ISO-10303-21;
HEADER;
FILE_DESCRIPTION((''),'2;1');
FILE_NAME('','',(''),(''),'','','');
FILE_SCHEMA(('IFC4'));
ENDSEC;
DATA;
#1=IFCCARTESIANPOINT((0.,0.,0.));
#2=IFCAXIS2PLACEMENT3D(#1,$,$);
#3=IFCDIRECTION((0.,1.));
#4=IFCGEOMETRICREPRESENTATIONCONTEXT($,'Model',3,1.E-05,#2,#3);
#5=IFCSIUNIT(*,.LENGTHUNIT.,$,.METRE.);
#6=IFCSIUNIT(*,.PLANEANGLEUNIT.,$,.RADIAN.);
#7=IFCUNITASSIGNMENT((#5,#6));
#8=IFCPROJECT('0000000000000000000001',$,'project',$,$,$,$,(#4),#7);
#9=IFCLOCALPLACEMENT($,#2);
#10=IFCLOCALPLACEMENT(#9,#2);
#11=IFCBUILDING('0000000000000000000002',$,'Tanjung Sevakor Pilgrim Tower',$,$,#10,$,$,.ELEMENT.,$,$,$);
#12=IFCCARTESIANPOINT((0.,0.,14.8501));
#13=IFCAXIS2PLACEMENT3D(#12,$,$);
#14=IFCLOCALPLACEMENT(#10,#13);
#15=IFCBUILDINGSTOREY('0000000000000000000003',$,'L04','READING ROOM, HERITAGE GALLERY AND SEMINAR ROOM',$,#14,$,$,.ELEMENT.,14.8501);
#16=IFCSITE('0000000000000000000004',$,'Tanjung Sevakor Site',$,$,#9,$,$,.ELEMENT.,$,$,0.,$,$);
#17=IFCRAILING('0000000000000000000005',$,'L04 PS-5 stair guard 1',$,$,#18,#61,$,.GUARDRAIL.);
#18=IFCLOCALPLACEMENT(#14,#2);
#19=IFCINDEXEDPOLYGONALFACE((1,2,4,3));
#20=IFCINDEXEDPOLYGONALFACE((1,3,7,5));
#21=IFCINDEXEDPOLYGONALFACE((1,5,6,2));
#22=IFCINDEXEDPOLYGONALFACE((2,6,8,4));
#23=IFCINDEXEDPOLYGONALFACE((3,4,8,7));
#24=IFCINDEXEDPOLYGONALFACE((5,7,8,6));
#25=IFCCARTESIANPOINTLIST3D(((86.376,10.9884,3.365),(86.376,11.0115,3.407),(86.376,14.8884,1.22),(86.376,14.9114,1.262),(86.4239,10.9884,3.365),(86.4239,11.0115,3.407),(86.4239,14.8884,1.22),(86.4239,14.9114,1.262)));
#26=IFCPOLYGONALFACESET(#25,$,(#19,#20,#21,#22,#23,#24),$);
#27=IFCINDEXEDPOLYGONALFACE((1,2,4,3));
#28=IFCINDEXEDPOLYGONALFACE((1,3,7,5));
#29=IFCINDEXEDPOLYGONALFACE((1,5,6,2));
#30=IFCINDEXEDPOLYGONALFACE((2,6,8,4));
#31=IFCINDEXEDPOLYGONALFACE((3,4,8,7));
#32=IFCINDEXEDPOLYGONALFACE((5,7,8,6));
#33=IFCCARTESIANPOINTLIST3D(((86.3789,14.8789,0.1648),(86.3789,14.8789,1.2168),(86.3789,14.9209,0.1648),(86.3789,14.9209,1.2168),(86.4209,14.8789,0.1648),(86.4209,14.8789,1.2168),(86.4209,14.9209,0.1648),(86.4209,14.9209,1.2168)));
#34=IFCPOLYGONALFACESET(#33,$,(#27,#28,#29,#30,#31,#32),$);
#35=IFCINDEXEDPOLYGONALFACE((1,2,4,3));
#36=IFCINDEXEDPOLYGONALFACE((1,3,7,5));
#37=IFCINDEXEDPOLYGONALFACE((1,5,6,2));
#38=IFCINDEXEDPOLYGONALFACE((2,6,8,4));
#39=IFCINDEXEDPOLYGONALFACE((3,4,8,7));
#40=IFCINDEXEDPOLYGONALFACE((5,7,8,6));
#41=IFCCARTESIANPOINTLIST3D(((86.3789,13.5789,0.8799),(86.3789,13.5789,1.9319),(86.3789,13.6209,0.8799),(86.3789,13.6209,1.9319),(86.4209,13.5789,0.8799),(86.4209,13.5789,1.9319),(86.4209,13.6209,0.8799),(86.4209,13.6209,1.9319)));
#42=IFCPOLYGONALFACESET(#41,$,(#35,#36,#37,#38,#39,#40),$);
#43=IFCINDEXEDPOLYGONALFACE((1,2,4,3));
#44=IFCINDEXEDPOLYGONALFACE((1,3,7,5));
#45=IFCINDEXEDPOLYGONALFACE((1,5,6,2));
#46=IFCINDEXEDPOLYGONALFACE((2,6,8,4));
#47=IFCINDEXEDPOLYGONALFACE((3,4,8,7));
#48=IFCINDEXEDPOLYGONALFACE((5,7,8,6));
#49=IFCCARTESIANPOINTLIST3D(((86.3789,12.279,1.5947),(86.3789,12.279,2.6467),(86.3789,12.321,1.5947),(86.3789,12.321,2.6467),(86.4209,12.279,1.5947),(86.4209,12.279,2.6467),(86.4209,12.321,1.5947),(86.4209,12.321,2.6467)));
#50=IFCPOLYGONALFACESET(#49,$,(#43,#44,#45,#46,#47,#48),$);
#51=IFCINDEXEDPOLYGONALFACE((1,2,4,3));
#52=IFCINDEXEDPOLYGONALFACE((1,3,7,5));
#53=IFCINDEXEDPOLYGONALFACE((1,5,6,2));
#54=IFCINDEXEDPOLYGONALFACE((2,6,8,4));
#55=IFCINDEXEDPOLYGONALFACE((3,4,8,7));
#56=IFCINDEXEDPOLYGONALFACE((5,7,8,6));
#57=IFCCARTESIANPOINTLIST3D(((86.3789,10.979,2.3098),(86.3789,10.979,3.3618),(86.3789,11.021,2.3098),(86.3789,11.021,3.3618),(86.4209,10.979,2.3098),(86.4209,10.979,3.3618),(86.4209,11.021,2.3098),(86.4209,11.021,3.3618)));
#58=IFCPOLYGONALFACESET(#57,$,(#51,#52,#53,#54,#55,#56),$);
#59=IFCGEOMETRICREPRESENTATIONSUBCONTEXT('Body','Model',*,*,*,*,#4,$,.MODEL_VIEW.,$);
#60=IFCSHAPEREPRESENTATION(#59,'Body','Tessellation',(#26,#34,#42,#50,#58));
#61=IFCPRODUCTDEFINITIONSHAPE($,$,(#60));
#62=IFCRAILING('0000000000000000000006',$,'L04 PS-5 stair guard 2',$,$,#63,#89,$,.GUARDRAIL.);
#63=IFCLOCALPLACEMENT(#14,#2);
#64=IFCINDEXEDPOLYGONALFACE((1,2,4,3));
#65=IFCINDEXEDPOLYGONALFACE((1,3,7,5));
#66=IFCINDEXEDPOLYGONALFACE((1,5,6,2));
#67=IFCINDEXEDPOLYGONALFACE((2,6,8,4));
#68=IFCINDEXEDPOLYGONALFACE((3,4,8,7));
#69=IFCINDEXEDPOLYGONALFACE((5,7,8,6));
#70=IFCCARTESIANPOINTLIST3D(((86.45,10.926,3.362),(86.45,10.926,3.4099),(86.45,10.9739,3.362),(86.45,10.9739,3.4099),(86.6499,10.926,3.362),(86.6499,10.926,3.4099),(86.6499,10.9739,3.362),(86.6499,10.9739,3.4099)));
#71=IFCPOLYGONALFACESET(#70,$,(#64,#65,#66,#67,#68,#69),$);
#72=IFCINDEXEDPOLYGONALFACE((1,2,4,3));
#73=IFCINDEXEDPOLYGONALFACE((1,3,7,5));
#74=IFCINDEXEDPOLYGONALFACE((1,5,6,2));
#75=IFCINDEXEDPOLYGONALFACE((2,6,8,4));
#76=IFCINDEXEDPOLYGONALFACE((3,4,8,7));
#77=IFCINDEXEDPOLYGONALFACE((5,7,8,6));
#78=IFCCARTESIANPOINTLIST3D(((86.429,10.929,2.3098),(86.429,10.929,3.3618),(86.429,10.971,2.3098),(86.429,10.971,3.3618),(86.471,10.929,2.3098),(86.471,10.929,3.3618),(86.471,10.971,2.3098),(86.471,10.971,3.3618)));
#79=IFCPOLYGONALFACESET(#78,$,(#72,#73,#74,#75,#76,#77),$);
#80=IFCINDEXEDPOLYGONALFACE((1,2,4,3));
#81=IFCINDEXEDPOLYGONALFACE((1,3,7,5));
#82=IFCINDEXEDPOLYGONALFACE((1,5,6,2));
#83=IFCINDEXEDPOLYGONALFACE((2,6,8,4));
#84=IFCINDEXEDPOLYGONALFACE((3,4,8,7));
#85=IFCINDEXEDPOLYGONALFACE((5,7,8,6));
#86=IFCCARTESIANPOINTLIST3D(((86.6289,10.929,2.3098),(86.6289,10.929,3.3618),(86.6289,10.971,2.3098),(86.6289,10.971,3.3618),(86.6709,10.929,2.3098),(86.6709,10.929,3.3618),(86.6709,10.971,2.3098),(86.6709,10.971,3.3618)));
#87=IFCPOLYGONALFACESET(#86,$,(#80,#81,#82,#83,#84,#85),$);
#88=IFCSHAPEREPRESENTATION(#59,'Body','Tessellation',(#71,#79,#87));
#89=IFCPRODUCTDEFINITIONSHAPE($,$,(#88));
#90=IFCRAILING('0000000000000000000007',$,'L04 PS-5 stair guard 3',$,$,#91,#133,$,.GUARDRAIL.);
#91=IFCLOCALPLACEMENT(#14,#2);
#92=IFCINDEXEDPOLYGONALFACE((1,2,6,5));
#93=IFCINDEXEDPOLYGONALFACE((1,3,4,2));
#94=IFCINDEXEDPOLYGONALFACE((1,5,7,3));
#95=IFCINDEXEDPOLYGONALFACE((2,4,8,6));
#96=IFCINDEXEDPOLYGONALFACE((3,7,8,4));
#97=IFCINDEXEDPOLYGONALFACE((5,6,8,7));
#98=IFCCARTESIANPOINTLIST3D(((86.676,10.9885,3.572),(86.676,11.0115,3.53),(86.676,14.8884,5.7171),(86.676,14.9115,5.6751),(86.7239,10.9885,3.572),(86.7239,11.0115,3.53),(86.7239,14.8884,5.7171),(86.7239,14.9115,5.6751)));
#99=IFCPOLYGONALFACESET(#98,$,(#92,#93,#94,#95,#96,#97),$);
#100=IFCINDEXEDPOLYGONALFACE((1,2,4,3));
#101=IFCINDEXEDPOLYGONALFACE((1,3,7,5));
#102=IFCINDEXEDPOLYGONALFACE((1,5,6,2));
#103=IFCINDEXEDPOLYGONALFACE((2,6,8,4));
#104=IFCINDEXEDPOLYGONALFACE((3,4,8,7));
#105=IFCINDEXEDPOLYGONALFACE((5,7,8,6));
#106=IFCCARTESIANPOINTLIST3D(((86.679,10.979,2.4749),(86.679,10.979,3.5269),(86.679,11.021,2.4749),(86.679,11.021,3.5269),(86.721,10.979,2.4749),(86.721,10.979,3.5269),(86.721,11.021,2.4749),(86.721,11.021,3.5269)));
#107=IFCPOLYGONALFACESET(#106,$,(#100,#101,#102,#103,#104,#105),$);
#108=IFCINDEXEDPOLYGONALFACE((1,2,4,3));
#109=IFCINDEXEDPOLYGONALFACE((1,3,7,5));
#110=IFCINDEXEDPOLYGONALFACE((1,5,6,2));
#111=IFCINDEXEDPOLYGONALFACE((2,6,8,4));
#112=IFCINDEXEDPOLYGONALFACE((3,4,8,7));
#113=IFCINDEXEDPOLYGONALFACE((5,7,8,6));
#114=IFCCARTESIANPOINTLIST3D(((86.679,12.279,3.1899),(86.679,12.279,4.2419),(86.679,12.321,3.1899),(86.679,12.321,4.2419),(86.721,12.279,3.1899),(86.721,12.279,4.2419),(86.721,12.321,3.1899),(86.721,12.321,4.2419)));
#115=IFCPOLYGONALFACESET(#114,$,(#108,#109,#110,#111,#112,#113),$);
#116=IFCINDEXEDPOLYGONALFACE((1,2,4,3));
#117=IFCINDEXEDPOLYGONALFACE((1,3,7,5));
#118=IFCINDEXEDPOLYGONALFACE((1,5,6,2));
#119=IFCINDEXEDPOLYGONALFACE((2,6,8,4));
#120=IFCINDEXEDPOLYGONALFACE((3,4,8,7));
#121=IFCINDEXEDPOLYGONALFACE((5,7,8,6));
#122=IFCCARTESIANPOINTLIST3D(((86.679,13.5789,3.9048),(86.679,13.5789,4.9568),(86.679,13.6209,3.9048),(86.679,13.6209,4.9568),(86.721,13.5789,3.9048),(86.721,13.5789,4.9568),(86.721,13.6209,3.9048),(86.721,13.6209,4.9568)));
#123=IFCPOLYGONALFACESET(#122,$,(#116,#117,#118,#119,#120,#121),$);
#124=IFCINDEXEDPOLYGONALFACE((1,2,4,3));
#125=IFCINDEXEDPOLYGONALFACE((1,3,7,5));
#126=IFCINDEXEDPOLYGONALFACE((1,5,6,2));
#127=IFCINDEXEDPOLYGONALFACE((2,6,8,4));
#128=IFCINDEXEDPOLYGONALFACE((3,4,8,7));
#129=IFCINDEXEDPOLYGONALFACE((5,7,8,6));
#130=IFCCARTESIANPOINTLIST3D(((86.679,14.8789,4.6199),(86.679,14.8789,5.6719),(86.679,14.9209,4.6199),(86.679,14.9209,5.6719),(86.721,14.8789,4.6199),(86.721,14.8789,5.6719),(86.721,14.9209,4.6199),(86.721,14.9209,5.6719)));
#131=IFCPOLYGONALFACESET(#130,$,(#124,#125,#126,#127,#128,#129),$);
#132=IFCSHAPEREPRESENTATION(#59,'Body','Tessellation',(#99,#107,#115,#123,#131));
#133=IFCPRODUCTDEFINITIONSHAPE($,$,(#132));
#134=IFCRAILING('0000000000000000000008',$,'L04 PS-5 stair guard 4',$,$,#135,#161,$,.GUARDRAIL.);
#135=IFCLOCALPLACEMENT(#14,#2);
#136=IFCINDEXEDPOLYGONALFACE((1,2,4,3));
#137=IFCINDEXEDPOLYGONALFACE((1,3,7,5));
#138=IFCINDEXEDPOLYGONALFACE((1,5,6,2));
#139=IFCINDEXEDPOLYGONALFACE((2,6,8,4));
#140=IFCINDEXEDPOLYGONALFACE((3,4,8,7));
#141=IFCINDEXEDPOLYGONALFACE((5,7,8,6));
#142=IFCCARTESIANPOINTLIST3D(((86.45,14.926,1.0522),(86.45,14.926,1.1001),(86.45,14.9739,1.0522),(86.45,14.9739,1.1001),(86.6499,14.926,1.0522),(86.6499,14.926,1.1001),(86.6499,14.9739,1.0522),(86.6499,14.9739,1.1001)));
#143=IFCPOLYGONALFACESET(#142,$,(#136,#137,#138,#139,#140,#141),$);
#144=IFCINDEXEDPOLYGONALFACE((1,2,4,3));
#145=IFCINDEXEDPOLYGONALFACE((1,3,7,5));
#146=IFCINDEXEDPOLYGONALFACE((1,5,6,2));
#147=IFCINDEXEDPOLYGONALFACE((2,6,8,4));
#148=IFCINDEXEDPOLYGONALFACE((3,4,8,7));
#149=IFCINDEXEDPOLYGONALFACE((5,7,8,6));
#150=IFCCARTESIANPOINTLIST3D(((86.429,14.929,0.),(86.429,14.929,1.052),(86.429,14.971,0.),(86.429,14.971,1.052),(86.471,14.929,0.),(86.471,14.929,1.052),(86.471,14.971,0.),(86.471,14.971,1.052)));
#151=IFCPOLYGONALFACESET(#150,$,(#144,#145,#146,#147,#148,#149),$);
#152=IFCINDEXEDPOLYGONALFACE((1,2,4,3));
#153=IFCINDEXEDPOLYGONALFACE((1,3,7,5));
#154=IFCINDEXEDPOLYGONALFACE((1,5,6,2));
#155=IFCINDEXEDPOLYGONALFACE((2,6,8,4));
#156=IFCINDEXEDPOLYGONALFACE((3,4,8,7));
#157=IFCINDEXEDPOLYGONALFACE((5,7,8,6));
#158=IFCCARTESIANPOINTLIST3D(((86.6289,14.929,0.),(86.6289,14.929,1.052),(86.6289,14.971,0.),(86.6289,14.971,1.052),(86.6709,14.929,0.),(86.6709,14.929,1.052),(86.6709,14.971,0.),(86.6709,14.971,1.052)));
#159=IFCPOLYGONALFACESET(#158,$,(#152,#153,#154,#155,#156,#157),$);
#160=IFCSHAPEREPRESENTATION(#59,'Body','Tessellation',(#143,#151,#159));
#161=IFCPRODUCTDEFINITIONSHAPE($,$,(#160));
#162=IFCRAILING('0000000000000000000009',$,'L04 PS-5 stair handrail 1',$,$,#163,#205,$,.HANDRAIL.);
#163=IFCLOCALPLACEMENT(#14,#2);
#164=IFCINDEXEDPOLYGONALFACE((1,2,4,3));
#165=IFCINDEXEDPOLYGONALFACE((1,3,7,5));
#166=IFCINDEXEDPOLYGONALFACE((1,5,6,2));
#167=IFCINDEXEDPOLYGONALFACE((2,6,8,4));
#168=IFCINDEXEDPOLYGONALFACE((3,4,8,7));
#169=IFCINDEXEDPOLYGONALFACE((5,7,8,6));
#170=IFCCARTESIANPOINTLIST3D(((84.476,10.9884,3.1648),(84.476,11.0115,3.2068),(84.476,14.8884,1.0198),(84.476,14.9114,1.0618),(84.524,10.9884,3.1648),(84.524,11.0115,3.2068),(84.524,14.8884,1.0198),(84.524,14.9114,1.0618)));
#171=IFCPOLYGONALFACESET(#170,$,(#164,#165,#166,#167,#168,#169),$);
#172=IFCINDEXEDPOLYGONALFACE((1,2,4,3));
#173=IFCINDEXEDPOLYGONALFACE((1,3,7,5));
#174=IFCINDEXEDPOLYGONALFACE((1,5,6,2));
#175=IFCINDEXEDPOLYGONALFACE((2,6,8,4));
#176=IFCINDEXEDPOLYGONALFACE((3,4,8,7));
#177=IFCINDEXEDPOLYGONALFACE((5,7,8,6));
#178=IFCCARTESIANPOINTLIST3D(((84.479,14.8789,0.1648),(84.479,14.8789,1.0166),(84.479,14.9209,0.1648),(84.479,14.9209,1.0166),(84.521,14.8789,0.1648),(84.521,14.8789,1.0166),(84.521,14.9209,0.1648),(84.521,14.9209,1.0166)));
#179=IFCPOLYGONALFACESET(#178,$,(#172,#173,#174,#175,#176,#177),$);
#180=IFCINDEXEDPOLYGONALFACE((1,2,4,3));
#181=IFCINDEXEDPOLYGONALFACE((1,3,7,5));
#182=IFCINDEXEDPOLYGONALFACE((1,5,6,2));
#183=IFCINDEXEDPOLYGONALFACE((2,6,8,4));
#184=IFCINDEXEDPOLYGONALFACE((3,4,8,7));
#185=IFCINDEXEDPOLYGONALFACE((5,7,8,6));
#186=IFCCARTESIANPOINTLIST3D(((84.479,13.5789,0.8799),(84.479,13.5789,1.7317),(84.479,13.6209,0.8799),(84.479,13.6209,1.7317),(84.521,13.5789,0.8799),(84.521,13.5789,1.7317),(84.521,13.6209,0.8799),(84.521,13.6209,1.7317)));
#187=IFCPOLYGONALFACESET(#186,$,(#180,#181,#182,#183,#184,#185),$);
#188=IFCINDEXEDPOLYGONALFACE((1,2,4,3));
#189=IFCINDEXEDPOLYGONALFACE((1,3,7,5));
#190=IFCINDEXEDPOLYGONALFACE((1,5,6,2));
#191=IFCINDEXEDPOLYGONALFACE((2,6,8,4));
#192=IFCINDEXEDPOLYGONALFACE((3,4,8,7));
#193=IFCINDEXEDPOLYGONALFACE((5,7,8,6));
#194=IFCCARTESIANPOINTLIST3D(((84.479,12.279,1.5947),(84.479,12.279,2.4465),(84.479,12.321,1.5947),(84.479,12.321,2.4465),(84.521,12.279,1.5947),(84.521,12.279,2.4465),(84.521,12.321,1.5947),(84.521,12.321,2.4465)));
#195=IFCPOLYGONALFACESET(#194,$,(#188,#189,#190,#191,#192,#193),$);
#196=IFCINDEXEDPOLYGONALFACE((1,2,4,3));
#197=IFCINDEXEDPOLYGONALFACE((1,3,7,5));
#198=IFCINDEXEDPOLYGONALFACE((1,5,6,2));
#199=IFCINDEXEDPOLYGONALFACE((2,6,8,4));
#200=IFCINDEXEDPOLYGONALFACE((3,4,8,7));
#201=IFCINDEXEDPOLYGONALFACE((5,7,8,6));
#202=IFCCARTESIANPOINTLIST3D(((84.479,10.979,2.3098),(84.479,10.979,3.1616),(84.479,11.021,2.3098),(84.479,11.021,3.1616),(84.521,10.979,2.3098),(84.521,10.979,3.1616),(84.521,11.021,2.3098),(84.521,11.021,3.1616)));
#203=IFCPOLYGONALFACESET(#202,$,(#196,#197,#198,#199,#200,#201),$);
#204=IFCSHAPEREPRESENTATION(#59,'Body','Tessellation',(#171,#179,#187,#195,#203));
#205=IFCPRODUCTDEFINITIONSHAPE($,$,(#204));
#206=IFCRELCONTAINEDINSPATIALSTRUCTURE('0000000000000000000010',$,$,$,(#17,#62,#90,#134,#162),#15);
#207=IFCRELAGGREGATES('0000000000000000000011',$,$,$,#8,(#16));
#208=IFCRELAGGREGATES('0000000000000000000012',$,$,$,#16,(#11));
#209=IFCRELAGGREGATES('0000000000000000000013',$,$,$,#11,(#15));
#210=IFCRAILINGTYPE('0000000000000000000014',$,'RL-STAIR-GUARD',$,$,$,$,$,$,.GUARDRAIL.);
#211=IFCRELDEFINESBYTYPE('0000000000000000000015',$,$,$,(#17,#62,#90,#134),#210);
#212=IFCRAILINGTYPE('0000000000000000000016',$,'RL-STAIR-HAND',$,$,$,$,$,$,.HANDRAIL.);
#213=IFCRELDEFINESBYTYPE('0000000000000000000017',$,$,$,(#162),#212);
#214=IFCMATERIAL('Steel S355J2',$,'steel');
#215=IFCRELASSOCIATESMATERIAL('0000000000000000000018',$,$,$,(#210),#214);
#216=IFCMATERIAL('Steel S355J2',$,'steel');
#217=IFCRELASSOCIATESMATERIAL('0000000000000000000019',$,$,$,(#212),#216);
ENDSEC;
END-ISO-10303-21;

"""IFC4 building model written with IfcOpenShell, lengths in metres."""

from ifc_helpers import new_model, si_unit, direction, frame, origin, place, context, subcontext, project, spatial, rectangle, extrude, material, type_object, element, save


model = new_model("IFC4")

# Units and contexts
model_context = context("Model", 3, precision=1e-05, world=origin(), true_north=direction((0.0, 1.0)))
body_context = subcontext(model_context, "Body", "Model", "MODEL_VIEW")
ifc_project = project(units=[si_unit("LENGTHUNIT", "METRE"), si_unit("PLANEANGLEUNIT", "RADIAN")], contexts=[model_context])

# Site, building, storey
site_placement = place(None, origin())
site = spatial("IfcSite", under=ifc_project, at=site_placement, Name="Tanjung Sevakor Site", CompositionType="ELEMENT", RefElevation=0.0)
building_placement = place(site_placement, origin())
building = spatial("IfcBuilding", under=site, at=building_placement, Name="Tanjung Sevakor Pilgrim Tower", CompositionType="ELEMENT")
storey_placement = place(building_placement, frame((0.0, 0.0, 14.8501)))
storey = spatial("IfcBuildingStorey", under=building, at=storey_placement, Name="L04", Description="READING ROOM, HERITAGE GALLERY AND SEMINAR ROOM", CompositionType="ELEMENT", Elevation=14.8501)

# Railings
ifc_material_1 = material(Name="Steel S355J2", Category="steel")
railing_type_1 = type_object("IfcRailingType", Name="RL-STAIR-GUARD", PredefinedType="GUARDRAIL", material=ifc_material_1)
railing_1_placement = place(storey_placement, frame((86.3999, 14.8999, 0.1648)))
element("IfcRailing", 1, at=railing_1_placement, inside=storey, type_object=railing_type_1, Name="L04 PS-5 stair guard 1", PredefinedType="GUARDRAIL", context=body_context, shape_type="SweptSolid", body=[
    extrude(rectangle(XDim=0.0479, YDim=0.0479), frame((0.0, 0.0, 1.0762), z_axis=(0.0, -0.876209, 0.481931), x_axis=(1.0, 0.0, 0.0)), (0.0, 0.0, 1.0), 4.4509),
    extrude(rectangle(XDim=0.042, YDim=0.042), origin(), (0.0, 0.0, 1.0), 1.052),
    extrude(rectangle(XDim=0.042, YDim=0.042), frame((0.0, -1.3, 0.7151)), (0.0, 0.0, 1.0), 1.052),
    extrude(rectangle(XDim=0.042, YDim=0.042), frame((0.0, -2.5999, 1.4299)), (0.0, 0.0, 1.0), 1.052),
    extrude(rectangle(XDim=0.042, YDim=0.042), frame((0.0, -3.8999, 2.145)), (0.0, 0.0, 1.0), 1.052),
])
railing_2_placement = place(storey_placement, frame((86.45, 10.95, 2.3098)))
element("IfcRailing", 2, at=railing_2_placement, inside=storey, type_object=railing_type_1, Name="L04 PS-5 stair guard 2", PredefinedType="GUARDRAIL", context=body_context, shape_type="SweptSolid", body=[
    extrude(rectangle(XDim=0.0479, YDim=0.0479), frame((0.0, 0.0, 1.0762), z_axis=(1.0, 0.0, 0.0), x_axis=(0.0, 1.0, 0.0)), (0.0, 0.0, 1.0), 0.2),
    extrude(rectangle(XDim=0.042, YDim=0.042), origin(), (0.0, 0.0, 1.0), 1.052),
    extrude(rectangle(XDim=0.042, YDim=0.042), frame((0.2, 0.0, 0.0)), (0.0, 0.0, 1.0), 1.052),
])
railing_3_placement = place(storey_placement, frame((86.7, 11.0, 2.4749)))
element("IfcRailing", 3, at=railing_3_placement, inside=storey, type_object=railing_type_1, Name="L04 PS-5 stair guard 3", PredefinedType="GUARDRAIL", context=body_context, shape_type="SweptSolid", body=[
    extrude(rectangle(XDim=0.0479, YDim=0.0479), frame((0.0, 0.0, 1.0762), z_axis=(0.0, 0.876209, 0.481931), x_axis=(-1.0, 0.0, 0.0)), (0.0, 0.0, 1.0), 4.4509),
    extrude(rectangle(XDim=0.042, YDim=0.042), origin(), (0.0, 0.0, 1.0), 1.052),
    extrude(rectangle(XDim=0.042, YDim=0.042), frame((0.0, 1.3, 0.7151)), (0.0, 0.0, 1.0), 1.052),
    extrude(rectangle(XDim=0.042, YDim=0.042), frame((0.0, 2.5999, 1.4299)), (0.0, 0.0, 1.0), 1.052),
    extrude(rectangle(XDim=0.042, YDim=0.042), frame((0.0, 3.8999, 2.145)), (0.0, 0.0, 1.0), 1.052),
])
railing_4_placement = place(storey_placement, frame((86.45, 14.95, 0.0)))
element("IfcRailing", 4, at=railing_4_placement, inside=storey, type_object=railing_type_1, Name="L04 PS-5 stair guard 4", PredefinedType="GUARDRAIL", context=body_context, shape_type="SweptSolid", body=[
    extrude(rectangle(XDim=0.0479, YDim=0.0479), frame((0.0, 0.0, 1.0762), z_axis=(1.0, 0.0, 0.0), x_axis=(0.0, 1.0, 0.0)), (0.0, 0.0, 1.0), 0.2),
    extrude(rectangle(XDim=0.042, YDim=0.042), origin(), (0.0, 0.0, 1.0), 1.052),
    extrude(rectangle(XDim=0.042, YDim=0.042), frame((0.2, 0.0, 0.0)), (0.0, 0.0, 1.0), 1.052),
])
ifc_material_2 = material(Name="Steel S355J2", Category="steel")
railing_type_2 = type_object("IfcRailingType", Name="RL-STAIR-HAND", PredefinedType="HANDRAIL", material=ifc_material_2)
railing_5_placement = place(storey_placement, frame((84.5, 14.8999, 0.1648)))
element("IfcRailing", 5, at=railing_5_placement, inside=storey, type_object=railing_type_2, Name="L04 PS-5 stair handrail 1", PredefinedType="HANDRAIL", context=body_context, shape_type="SweptSolid", body=[
    extrude(rectangle(XDim=0.0479, YDim=0.0479), frame((0.0, 0.0, 0.876), z_axis=(0.0, -0.876209, 0.481931), x_axis=(1.0, 0.0, 0.0)), (0.0, 0.0, 1.0), 4.4509),
    extrude(rectangle(XDim=0.042, YDim=0.042), origin(), (0.0, 0.0, 1.0), 0.8518),
    extrude(rectangle(XDim=0.042, YDim=0.042), frame((0.0, -1.3, 0.7151)), (0.0, 0.0, 1.0), 0.8518),
    extrude(rectangle(XDim=0.042, YDim=0.042), frame((0.0, -2.5999, 1.4299)), (0.0, 0.0, 1.0), 0.8518),
    extrude(rectangle(XDim=0.042, YDim=0.042), frame((0.0, -3.8999, 2.145)), (0.0, 0.0, 1.0), 0.8518),
])

save(model, "model.ifc")
